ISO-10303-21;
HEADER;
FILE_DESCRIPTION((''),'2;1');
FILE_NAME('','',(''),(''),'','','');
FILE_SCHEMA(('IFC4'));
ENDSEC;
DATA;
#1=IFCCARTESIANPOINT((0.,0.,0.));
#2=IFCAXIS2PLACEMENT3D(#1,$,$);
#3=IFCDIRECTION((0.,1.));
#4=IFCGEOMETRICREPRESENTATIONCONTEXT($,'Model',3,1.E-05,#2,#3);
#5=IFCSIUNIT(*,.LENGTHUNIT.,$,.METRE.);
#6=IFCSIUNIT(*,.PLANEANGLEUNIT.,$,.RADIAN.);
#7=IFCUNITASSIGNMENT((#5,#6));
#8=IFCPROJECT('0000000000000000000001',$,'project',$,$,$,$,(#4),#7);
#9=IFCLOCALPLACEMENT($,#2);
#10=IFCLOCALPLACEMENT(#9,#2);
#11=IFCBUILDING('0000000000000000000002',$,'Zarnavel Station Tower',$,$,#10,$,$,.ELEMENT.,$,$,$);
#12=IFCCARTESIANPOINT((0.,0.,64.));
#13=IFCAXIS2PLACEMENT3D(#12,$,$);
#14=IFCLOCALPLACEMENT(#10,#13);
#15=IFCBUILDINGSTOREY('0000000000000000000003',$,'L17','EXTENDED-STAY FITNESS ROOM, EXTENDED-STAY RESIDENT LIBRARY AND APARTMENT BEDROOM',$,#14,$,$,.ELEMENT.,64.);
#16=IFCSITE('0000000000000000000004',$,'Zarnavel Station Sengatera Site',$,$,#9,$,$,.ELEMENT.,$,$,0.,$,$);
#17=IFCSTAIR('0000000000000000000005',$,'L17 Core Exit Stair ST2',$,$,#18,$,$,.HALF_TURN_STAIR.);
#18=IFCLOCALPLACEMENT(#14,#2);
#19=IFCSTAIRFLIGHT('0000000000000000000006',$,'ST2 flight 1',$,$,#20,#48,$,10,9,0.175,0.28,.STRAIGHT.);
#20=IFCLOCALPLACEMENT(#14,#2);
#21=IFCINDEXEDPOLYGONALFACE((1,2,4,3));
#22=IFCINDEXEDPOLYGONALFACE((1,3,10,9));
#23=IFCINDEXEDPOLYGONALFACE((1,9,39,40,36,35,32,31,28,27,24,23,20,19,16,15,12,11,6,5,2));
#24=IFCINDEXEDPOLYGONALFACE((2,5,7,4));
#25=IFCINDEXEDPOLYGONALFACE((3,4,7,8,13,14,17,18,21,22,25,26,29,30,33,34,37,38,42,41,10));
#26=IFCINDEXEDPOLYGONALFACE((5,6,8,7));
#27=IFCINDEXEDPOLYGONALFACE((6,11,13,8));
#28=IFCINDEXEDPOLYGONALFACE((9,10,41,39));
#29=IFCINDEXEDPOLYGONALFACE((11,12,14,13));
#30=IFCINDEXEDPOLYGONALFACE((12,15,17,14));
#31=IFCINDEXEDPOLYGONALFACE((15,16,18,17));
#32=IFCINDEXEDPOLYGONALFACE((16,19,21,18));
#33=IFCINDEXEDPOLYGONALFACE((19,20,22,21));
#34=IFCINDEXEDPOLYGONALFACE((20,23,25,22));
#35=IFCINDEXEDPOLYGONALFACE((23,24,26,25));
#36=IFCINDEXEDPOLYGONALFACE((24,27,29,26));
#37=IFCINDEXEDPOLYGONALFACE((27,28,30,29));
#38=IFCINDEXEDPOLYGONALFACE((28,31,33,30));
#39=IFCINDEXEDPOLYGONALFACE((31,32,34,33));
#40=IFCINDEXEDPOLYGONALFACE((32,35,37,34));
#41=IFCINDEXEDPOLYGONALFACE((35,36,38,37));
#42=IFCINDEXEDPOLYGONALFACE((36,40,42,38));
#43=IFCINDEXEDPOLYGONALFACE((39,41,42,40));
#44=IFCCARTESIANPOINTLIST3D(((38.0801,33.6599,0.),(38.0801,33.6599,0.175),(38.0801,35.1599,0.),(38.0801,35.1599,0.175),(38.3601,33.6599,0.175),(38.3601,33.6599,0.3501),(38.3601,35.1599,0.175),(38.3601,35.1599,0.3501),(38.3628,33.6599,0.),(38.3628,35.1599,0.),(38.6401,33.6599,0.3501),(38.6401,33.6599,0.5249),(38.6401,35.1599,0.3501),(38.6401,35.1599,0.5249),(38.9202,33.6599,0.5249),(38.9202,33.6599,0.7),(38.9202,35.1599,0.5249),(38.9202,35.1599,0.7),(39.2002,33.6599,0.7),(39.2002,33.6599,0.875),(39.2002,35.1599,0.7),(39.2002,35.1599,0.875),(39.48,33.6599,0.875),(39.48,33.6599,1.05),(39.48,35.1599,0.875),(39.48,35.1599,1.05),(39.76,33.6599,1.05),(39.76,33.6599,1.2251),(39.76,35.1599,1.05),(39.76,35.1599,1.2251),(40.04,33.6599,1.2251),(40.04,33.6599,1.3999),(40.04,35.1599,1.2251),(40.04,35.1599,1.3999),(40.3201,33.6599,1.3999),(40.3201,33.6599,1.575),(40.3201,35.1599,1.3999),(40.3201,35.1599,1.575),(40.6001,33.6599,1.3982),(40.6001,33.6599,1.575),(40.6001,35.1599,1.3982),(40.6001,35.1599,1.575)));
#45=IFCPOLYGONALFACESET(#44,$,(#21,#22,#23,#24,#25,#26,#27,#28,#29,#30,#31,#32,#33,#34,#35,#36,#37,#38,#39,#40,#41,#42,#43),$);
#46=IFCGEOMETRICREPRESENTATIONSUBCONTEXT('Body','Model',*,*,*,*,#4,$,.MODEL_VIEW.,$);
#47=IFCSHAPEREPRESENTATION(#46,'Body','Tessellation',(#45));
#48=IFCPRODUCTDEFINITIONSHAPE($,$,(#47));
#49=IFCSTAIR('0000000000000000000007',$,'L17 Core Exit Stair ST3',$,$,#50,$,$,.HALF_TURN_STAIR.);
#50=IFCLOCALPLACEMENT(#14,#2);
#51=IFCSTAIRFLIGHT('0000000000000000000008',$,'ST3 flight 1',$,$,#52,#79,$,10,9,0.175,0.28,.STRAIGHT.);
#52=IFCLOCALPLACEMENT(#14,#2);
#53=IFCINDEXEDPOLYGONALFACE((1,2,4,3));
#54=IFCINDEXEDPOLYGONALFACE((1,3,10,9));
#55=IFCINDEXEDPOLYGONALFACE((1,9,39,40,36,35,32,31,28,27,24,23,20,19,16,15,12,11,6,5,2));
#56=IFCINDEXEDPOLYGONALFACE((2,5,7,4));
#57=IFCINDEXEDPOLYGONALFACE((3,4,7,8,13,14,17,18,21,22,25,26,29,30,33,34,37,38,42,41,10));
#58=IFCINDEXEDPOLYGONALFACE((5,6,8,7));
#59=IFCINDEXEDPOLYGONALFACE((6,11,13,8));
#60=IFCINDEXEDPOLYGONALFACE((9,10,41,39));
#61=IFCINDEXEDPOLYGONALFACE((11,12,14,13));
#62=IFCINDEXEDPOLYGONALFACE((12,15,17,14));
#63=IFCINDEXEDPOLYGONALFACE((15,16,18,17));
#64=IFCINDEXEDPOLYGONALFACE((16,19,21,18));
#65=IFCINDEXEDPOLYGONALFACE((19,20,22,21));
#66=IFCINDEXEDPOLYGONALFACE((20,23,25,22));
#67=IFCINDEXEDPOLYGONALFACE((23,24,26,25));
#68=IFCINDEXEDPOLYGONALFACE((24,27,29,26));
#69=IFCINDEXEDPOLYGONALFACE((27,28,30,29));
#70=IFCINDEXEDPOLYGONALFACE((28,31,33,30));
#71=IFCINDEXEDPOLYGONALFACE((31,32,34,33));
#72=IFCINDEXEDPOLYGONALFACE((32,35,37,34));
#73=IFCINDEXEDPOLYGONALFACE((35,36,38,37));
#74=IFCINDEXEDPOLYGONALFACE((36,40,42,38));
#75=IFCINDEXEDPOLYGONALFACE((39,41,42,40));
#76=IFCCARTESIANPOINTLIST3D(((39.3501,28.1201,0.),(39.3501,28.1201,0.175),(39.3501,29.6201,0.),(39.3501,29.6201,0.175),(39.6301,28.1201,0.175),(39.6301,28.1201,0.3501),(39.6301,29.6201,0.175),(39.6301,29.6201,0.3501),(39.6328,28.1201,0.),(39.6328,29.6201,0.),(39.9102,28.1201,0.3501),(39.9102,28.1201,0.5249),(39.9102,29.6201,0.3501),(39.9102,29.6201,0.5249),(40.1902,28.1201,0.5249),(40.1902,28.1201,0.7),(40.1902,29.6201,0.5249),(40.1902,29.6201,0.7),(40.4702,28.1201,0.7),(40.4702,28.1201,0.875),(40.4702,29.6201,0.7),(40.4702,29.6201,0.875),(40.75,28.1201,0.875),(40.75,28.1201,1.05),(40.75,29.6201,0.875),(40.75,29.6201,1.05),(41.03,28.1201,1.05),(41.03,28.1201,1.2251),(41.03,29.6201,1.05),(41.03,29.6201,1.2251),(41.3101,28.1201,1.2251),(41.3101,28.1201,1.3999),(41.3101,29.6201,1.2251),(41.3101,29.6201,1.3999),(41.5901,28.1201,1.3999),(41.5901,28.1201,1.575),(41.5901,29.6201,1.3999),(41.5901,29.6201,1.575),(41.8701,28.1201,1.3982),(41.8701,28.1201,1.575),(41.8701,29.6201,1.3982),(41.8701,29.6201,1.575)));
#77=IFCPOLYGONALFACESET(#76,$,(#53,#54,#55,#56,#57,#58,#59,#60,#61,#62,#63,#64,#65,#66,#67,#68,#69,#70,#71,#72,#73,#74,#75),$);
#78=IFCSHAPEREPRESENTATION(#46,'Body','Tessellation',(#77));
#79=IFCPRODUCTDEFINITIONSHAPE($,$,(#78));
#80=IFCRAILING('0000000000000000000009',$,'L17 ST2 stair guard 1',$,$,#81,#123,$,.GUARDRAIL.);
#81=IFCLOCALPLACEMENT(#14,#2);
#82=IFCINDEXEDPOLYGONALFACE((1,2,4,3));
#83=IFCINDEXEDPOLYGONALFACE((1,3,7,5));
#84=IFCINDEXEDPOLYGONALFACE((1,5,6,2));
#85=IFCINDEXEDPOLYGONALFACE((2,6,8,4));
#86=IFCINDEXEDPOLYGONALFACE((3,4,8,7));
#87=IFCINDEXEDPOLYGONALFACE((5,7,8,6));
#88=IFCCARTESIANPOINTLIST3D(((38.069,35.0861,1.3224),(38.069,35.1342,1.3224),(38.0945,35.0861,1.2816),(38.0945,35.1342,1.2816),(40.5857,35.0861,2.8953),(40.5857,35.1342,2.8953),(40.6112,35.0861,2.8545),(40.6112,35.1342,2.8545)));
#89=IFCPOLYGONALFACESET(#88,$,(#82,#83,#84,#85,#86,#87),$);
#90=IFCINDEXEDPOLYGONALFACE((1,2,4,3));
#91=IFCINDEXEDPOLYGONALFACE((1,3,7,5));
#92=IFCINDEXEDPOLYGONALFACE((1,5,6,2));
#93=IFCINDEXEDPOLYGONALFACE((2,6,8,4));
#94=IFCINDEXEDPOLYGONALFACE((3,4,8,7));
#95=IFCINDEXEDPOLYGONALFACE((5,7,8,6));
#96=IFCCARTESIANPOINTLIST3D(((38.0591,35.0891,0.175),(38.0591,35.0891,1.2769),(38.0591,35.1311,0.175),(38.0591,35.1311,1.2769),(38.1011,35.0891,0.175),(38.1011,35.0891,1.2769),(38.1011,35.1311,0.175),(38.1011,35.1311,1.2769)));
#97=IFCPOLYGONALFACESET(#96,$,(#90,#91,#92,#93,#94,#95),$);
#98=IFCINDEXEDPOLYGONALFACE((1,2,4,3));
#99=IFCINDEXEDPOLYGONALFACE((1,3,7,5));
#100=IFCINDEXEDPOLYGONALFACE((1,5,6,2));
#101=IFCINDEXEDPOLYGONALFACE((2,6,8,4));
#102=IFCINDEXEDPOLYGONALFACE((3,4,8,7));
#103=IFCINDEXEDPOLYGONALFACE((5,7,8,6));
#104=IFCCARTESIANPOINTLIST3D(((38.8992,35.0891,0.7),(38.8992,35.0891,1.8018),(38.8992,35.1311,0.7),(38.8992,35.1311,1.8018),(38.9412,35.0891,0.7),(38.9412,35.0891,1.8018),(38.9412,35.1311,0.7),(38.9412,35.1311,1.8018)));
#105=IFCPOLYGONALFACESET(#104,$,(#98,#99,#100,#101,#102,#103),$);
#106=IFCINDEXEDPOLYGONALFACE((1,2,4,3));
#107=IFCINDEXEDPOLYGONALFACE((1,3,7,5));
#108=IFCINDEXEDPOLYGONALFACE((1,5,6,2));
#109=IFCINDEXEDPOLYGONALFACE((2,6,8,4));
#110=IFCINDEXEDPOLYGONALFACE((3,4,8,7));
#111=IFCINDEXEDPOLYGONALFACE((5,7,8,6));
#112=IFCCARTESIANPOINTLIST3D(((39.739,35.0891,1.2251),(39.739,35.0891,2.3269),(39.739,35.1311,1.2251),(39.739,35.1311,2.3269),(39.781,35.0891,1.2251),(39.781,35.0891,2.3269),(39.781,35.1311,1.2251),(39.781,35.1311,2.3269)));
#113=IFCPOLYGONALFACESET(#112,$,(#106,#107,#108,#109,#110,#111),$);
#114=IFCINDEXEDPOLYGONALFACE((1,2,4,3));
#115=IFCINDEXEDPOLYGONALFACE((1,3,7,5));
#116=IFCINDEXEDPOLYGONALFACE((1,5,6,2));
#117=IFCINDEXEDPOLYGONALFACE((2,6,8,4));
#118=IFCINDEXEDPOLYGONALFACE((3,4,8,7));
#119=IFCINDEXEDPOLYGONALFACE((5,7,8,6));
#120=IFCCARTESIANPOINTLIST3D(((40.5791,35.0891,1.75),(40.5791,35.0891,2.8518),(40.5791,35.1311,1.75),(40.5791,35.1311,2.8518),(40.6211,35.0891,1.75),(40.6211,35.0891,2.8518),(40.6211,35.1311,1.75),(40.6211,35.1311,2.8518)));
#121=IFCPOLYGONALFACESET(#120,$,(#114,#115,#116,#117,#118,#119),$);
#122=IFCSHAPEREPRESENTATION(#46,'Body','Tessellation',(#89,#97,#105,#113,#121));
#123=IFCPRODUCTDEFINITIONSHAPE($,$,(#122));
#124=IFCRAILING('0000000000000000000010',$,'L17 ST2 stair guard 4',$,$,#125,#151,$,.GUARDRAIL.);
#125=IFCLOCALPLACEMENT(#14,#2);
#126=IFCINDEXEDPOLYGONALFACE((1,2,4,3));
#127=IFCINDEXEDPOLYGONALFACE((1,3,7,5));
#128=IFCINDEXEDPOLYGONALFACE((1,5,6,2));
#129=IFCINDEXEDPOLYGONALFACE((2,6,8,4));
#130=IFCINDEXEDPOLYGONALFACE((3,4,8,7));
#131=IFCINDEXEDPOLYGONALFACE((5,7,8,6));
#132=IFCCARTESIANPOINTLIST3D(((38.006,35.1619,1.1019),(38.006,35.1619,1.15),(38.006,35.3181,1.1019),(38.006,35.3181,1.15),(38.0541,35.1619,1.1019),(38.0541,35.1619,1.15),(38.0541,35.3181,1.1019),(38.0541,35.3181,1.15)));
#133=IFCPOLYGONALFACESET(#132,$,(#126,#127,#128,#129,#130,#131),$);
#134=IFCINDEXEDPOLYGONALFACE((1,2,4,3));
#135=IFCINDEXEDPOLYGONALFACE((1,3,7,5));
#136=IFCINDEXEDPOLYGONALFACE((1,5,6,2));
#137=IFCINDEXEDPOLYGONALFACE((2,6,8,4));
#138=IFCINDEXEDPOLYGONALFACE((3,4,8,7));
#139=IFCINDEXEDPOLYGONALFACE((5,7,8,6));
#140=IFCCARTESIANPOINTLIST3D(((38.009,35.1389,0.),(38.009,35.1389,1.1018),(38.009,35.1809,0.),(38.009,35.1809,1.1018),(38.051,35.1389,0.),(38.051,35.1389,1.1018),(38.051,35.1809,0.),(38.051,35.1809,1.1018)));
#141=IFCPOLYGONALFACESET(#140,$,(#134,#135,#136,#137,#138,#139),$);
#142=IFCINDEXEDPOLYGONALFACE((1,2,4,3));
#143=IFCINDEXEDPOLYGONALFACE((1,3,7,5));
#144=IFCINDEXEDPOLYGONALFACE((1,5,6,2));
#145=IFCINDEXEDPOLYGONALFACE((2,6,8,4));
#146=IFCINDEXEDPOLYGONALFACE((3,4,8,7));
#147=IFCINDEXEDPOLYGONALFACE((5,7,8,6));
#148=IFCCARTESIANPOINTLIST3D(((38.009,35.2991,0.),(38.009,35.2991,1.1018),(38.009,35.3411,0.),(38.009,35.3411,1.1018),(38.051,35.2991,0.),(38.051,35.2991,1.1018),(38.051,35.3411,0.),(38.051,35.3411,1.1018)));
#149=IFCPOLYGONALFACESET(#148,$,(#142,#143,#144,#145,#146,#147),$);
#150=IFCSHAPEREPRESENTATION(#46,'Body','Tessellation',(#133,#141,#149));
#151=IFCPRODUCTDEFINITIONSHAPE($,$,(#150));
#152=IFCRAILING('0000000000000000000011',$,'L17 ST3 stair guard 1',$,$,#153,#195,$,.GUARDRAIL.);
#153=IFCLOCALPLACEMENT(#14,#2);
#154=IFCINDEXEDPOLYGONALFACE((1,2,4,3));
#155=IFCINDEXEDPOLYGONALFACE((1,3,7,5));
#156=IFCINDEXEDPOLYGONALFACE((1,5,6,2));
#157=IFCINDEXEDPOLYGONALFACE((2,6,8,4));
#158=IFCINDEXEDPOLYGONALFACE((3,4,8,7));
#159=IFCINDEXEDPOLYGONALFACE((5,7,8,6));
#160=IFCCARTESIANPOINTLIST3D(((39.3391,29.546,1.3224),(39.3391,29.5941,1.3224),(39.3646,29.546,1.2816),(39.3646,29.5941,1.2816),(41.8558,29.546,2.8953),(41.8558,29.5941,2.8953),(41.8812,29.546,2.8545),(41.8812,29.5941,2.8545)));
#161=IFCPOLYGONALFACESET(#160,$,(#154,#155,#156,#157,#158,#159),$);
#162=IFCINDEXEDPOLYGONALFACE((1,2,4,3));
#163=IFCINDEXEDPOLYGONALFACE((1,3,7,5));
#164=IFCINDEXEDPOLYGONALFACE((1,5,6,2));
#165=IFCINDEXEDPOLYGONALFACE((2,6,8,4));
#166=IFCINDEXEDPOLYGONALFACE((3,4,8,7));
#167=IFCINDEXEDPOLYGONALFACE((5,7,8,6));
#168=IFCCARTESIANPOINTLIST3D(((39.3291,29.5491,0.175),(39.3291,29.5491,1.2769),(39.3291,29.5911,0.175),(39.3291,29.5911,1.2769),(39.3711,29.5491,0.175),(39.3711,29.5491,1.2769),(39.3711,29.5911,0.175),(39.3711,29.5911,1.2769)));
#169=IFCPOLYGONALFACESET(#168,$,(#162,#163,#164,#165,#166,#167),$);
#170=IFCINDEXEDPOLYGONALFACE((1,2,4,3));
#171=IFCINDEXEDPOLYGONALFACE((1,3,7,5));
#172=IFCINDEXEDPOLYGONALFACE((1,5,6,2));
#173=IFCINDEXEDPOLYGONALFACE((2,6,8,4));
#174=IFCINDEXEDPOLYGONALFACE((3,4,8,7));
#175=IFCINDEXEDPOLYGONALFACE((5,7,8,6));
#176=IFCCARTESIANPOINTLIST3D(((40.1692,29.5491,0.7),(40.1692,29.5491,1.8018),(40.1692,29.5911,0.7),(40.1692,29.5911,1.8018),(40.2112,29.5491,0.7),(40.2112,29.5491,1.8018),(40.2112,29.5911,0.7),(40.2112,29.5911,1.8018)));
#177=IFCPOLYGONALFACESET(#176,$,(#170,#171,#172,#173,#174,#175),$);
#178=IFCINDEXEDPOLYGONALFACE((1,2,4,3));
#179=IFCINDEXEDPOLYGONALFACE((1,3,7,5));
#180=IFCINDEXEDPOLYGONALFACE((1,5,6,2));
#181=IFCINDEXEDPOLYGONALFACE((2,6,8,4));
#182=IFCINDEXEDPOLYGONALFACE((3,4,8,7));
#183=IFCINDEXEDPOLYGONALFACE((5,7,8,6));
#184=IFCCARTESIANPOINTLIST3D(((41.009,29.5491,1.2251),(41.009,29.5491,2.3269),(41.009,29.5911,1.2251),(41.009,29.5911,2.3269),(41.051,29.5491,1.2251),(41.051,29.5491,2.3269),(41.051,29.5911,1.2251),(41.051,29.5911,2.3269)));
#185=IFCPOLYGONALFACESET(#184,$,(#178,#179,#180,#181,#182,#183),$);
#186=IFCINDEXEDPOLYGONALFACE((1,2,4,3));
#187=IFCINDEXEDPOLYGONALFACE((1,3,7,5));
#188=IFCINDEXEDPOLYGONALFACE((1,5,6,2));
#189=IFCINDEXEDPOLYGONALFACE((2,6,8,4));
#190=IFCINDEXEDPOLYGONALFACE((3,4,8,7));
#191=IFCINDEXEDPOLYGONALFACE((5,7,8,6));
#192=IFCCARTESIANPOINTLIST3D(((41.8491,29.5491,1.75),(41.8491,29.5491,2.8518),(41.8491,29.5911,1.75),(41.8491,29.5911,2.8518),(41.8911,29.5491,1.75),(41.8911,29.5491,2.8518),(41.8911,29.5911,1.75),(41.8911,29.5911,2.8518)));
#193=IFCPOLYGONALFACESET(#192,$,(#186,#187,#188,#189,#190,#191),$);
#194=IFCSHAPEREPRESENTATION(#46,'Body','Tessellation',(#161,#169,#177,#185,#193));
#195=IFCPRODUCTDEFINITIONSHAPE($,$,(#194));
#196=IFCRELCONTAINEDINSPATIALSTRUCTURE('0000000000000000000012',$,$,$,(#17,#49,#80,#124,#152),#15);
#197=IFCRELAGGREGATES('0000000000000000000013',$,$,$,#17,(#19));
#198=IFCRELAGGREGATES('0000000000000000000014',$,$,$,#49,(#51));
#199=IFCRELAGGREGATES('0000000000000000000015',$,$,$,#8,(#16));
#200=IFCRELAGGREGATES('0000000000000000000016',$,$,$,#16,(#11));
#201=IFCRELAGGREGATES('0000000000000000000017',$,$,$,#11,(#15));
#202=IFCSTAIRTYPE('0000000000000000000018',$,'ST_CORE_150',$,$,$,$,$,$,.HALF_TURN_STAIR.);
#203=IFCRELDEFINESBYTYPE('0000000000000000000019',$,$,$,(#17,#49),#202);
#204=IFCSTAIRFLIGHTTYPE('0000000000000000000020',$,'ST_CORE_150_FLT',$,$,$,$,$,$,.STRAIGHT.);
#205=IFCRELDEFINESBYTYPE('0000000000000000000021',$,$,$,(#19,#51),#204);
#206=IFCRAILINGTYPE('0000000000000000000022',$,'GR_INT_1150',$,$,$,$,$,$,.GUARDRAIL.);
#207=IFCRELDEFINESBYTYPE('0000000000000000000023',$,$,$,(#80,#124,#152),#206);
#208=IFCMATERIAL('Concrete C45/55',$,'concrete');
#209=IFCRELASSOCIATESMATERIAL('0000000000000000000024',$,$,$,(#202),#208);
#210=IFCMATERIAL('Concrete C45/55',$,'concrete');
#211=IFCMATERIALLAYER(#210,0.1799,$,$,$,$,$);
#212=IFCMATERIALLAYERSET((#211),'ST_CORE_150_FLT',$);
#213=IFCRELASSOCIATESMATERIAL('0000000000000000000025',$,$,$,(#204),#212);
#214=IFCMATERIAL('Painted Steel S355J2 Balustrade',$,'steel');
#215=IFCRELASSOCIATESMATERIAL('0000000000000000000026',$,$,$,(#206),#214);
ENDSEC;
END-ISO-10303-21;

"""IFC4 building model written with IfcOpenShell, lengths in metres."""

from ifc_helpers import new_model, si_unit, direction, frame, origin, origin_2d, place, context, subcontext, project, spatial, polyline, rectangle, outline, extrude, material, layer, layer_set, type_object, element, aggregate, save


model = new_model("IFC4")

# Units and contexts
model_context = context("Model", 3, precision=1e-05, world=origin(), true_north=direction((0.0, 1.0)))
body_context = subcontext(model_context, "Body", "Model", "MODEL_VIEW")
ifc_project = project(units=[si_unit("LENGTHUNIT", "METRE"), si_unit("PLANEANGLEUNIT", "RADIAN")], contexts=[model_context])

# Site, building, storey
site_placement = place(None, origin())
site = spatial("IfcSite", under=ifc_project, at=site_placement, Name="Zarnavel Station Sengatera Site", CompositionType="ELEMENT", RefElevation=0.0)
building_placement = place(site_placement, origin())
building = spatial("IfcBuilding", under=site, at=building_placement, Name="Zarnavel Station Tower", CompositionType="ELEMENT")
storey_placement = place(building_placement, frame((0.0, 0.0, 64.0)))
storey = spatial("IfcBuildingStorey", under=building, at=storey_placement, Name="L17", Description="EXTENDED-STAY FITNESS ROOM, EXTENDED-STAY RESIDENT LIBRARY AND APARTMENT BEDROOM", CompositionType="ELEMENT", Elevation=64.0)

# Stairs, stair flights
ifc_material_1 = material(Name="Concrete C45/55", Category="concrete")
stair_type = type_object("IfcStairType", Name="ST_CORE_150", PredefinedType="HALF_TURN_STAIR", material=ifc_material_1)
stair_1_placement = place(storey_placement, origin())
stair_1 = element("IfcStair", 1, at=stair_1_placement, inside=storey, type_object=stair_type, Name="L17 Core Exit Stair ST2", PredefinedType="HALF_TURN_STAIR")
ifc_material_2 = material(Name="Concrete C45/55", Category="concrete")
ifc_layer_1 = layer(ifc_material_2, 0.1799)
ifc_layer_set_1 = layer_set([ifc_layer_1], Name="ST_CORE_150_FLT")
stair_flight_type = type_object("IfcStairFlightType", Name="ST_CORE_150_FLT", PredefinedType="STRAIGHT", material=ifc_layer_set_1)
stair_flight_1_placement = place(storey_placement, frame((38.0801, 34.4099, 0.0), z_axis=(0.0, 0.0, 1.0), x_axis=(1.0, 0.0, 0.0)))
stair_flight_1 = element("IfcStairFlight", 2, at=stair_flight_1_placement, type_object=stair_flight_type, Name="ST2 flight 1", NumberOfRisers=10, NumberOfTreads=9, PredefinedType="STRAIGHT", RiserHeight=0.175, TreadLength=0.28, context=body_context, shape_type="SweptSolid", body=[
    extrude(outline(polyline([(0.0, 0.0), (0.0, 0.175), (0.28, 0.175), (0.28, 0.3501), (0.5601, 0.3501), (0.5601, 0.5249), (0.8401, 0.5249), (0.8401, 0.7), (1.1201, 0.7), (1.1201, 0.875), (1.3999, 0.875), (1.3999, 1.05), (1.6799, 1.05), (1.6799, 1.2251), (1.96, 1.2251), (1.96, 1.3999), (2.24, 1.3999), (2.24, 1.575), (2.52, 1.575), (2.52, 1.75), (2.52, 1.3982), (0.2827, 0.0), (0.0, 0.0)])), frame((0.0, 0.75, 0.0), z_axis=(0.0, -1.0, 0.0), x_axis=(1.0, 0.0, 0.0)), (0.0, 0.0, 1.0), 1.5),
])
aggregate(stair_1, [stair_flight_1])
stair_2_placement = place(storey_placement, origin())
stair_2 = element("IfcStair", 3, at=stair_2_placement, inside=storey, type_object=stair_type, Name="L17 Core Exit Stair ST3", PredefinedType="HALF_TURN_STAIR")
stair_flight_2_placement = place(storey_placement, frame((39.3501, 28.8701, 0.0), z_axis=(0.0, 0.0, 1.0), x_axis=(1.0, 0.0, 0.0)))
stair_flight_2 = element("IfcStairFlight", 4, at=stair_flight_2_placement, type_object=stair_flight_type, Name="ST3 flight 1", NumberOfRisers=10, NumberOfTreads=9, PredefinedType="STRAIGHT", RiserHeight=0.175, TreadLength=0.28, context=body_context, shape_type="SweptSolid", body=[
    extrude(outline(polyline([(0.0, 0.0), (0.0, 0.175), (0.28, 0.175), (0.28, 0.3501), (0.5601, 0.3501), (0.5601, 0.5249), (0.8401, 0.5249), (0.8401, 0.7), (1.1201, 0.7), (1.1201, 0.875), (1.3999, 0.875), (1.3999, 1.05), (1.6799, 1.05), (1.6799, 1.2251), (1.96, 1.2251), (1.96, 1.3999), (2.24, 1.3999), (2.24, 1.575), (2.52, 1.575), (2.52, 1.75), (2.52, 1.3982), (0.2827, 0.0), (0.0, 0.0)])), frame((0.0, 0.75, 0.0), z_axis=(0.0, -1.0, 0.0), x_axis=(1.0, 0.0, 0.0)), (0.0, 0.0, 1.0), 1.5),
])
aggregate(stair_2, [stair_flight_2])

# Railings
ifc_material_3 = material(Name="Painted Steel S355J2 Balustrade", Category="steel")
railing_type_1 = type_object("IfcRailingType", Name="GR_INT_1150", PredefinedType="GUARDRAIL", material=ifc_material_3)
railing_1_placement = place(storey_placement, frame((38.0801, 35.1101, 0.175)))
element("IfcRailing", 5, at=railing_1_placement, inside=storey, type_object=railing_type_1, Name="L17 ST2 stair guard 1", PredefinedType="GUARDRAIL", context=body_context, shape_type="SweptSolid", body=[
    extrude(rectangle(XDim=0.0481, YDim=0.0481, at=origin_2d()), frame((0.0017, 0.0, 1.127), z_axis=(0.848008, 0.0, 0.529984), x_axis=(0.0, 1.0, 0.0)), (0.0, 0.0, 1.0), 2.9678),
    extrude(rectangle(XDim=0.042, YDim=0.042, at=origin_2d()), origin(), (0.0, 0.0, 1.0), 1.1018),
    extrude(rectangle(XDim=0.042, YDim=0.042, at=origin_2d()), frame((0.8401, 0.0, 0.5249)), (0.0, 0.0, 1.0), 1.1018),
    extrude(rectangle(XDim=0.042, YDim=0.042, at=origin_2d()), frame((1.6799, 0.0, 1.05)), (0.0, 0.0, 1.0), 1.1018),
    extrude(rectangle(XDim=0.042, YDim=0.042, at=origin_2d()), frame((2.52, 0.0, 1.575)), (0.0, 0.0, 1.0), 1.1018),
])
railing_2_placement = place(storey_placement, frame((38.03, 35.1599, 0.0)))
element("IfcRailing", 6, at=railing_2_placement, inside=storey, type_object=railing_type_1, Name="L17 ST2 stair guard 4", PredefinedType="GUARDRAIL", context=body_context, shape_type="SweptSolid", body=[
    extrude(rectangle(XDim=0.0481, YDim=0.0481, at=origin_2d()), frame((0.0, 0.002, 1.126), z_axis=(0.0, 1.0, 0.0), x_axis=(-1.0, 0.0, 0.0)), (0.0, 0.0, 1.0), 0.1562),
    extrude(rectangle(XDim=0.042, YDim=0.042, at=origin_2d()), origin(), (0.0, 0.0, 1.0), 1.1018),
    extrude(rectangle(XDim=0.042, YDim=0.042, at=origin_2d()), frame((0.0, 0.1602, 0.0)), (0.0, 0.0, 1.0), 1.1018),
])
railing_3_placement = place(storey_placement, frame((39.3501, 29.5701, 0.175)))
element("IfcRailing", 7, at=railing_3_placement, inside=storey, type_object=railing_type_1, Name="L17 ST3 stair guard 1", PredefinedType="GUARDRAIL", context=body_context, shape_type="SweptSolid", body=[
    extrude(rectangle(XDim=0.0481, YDim=0.0481, at=origin_2d()), frame((0.0017, 0.0, 1.127), z_axis=(0.848008, 0.0, 0.529984), x_axis=(0.0, 1.0, 0.0)), (0.0, 0.0, 1.0), 2.9678),
    extrude(rectangle(XDim=0.042, YDim=0.042, at=origin_2d()), origin(), (0.0, 0.0, 1.0), 1.1018),
    extrude(rectangle(XDim=0.042, YDim=0.042, at=origin_2d()), frame((0.8401, 0.0, 0.5249)), (0.0, 0.0, 1.0), 1.1018),
    extrude(rectangle(XDim=0.042, YDim=0.042, at=origin_2d()), frame((1.6799, 0.0, 1.05)), (0.0, 0.0, 1.0), 1.1018),
    extrude(rectangle(XDim=0.042, YDim=0.042, at=origin_2d()), frame((2.52, 0.0, 1.575)), (0.0, 0.0, 1.0), 1.1018),
])

save(model, "model.ifc")
